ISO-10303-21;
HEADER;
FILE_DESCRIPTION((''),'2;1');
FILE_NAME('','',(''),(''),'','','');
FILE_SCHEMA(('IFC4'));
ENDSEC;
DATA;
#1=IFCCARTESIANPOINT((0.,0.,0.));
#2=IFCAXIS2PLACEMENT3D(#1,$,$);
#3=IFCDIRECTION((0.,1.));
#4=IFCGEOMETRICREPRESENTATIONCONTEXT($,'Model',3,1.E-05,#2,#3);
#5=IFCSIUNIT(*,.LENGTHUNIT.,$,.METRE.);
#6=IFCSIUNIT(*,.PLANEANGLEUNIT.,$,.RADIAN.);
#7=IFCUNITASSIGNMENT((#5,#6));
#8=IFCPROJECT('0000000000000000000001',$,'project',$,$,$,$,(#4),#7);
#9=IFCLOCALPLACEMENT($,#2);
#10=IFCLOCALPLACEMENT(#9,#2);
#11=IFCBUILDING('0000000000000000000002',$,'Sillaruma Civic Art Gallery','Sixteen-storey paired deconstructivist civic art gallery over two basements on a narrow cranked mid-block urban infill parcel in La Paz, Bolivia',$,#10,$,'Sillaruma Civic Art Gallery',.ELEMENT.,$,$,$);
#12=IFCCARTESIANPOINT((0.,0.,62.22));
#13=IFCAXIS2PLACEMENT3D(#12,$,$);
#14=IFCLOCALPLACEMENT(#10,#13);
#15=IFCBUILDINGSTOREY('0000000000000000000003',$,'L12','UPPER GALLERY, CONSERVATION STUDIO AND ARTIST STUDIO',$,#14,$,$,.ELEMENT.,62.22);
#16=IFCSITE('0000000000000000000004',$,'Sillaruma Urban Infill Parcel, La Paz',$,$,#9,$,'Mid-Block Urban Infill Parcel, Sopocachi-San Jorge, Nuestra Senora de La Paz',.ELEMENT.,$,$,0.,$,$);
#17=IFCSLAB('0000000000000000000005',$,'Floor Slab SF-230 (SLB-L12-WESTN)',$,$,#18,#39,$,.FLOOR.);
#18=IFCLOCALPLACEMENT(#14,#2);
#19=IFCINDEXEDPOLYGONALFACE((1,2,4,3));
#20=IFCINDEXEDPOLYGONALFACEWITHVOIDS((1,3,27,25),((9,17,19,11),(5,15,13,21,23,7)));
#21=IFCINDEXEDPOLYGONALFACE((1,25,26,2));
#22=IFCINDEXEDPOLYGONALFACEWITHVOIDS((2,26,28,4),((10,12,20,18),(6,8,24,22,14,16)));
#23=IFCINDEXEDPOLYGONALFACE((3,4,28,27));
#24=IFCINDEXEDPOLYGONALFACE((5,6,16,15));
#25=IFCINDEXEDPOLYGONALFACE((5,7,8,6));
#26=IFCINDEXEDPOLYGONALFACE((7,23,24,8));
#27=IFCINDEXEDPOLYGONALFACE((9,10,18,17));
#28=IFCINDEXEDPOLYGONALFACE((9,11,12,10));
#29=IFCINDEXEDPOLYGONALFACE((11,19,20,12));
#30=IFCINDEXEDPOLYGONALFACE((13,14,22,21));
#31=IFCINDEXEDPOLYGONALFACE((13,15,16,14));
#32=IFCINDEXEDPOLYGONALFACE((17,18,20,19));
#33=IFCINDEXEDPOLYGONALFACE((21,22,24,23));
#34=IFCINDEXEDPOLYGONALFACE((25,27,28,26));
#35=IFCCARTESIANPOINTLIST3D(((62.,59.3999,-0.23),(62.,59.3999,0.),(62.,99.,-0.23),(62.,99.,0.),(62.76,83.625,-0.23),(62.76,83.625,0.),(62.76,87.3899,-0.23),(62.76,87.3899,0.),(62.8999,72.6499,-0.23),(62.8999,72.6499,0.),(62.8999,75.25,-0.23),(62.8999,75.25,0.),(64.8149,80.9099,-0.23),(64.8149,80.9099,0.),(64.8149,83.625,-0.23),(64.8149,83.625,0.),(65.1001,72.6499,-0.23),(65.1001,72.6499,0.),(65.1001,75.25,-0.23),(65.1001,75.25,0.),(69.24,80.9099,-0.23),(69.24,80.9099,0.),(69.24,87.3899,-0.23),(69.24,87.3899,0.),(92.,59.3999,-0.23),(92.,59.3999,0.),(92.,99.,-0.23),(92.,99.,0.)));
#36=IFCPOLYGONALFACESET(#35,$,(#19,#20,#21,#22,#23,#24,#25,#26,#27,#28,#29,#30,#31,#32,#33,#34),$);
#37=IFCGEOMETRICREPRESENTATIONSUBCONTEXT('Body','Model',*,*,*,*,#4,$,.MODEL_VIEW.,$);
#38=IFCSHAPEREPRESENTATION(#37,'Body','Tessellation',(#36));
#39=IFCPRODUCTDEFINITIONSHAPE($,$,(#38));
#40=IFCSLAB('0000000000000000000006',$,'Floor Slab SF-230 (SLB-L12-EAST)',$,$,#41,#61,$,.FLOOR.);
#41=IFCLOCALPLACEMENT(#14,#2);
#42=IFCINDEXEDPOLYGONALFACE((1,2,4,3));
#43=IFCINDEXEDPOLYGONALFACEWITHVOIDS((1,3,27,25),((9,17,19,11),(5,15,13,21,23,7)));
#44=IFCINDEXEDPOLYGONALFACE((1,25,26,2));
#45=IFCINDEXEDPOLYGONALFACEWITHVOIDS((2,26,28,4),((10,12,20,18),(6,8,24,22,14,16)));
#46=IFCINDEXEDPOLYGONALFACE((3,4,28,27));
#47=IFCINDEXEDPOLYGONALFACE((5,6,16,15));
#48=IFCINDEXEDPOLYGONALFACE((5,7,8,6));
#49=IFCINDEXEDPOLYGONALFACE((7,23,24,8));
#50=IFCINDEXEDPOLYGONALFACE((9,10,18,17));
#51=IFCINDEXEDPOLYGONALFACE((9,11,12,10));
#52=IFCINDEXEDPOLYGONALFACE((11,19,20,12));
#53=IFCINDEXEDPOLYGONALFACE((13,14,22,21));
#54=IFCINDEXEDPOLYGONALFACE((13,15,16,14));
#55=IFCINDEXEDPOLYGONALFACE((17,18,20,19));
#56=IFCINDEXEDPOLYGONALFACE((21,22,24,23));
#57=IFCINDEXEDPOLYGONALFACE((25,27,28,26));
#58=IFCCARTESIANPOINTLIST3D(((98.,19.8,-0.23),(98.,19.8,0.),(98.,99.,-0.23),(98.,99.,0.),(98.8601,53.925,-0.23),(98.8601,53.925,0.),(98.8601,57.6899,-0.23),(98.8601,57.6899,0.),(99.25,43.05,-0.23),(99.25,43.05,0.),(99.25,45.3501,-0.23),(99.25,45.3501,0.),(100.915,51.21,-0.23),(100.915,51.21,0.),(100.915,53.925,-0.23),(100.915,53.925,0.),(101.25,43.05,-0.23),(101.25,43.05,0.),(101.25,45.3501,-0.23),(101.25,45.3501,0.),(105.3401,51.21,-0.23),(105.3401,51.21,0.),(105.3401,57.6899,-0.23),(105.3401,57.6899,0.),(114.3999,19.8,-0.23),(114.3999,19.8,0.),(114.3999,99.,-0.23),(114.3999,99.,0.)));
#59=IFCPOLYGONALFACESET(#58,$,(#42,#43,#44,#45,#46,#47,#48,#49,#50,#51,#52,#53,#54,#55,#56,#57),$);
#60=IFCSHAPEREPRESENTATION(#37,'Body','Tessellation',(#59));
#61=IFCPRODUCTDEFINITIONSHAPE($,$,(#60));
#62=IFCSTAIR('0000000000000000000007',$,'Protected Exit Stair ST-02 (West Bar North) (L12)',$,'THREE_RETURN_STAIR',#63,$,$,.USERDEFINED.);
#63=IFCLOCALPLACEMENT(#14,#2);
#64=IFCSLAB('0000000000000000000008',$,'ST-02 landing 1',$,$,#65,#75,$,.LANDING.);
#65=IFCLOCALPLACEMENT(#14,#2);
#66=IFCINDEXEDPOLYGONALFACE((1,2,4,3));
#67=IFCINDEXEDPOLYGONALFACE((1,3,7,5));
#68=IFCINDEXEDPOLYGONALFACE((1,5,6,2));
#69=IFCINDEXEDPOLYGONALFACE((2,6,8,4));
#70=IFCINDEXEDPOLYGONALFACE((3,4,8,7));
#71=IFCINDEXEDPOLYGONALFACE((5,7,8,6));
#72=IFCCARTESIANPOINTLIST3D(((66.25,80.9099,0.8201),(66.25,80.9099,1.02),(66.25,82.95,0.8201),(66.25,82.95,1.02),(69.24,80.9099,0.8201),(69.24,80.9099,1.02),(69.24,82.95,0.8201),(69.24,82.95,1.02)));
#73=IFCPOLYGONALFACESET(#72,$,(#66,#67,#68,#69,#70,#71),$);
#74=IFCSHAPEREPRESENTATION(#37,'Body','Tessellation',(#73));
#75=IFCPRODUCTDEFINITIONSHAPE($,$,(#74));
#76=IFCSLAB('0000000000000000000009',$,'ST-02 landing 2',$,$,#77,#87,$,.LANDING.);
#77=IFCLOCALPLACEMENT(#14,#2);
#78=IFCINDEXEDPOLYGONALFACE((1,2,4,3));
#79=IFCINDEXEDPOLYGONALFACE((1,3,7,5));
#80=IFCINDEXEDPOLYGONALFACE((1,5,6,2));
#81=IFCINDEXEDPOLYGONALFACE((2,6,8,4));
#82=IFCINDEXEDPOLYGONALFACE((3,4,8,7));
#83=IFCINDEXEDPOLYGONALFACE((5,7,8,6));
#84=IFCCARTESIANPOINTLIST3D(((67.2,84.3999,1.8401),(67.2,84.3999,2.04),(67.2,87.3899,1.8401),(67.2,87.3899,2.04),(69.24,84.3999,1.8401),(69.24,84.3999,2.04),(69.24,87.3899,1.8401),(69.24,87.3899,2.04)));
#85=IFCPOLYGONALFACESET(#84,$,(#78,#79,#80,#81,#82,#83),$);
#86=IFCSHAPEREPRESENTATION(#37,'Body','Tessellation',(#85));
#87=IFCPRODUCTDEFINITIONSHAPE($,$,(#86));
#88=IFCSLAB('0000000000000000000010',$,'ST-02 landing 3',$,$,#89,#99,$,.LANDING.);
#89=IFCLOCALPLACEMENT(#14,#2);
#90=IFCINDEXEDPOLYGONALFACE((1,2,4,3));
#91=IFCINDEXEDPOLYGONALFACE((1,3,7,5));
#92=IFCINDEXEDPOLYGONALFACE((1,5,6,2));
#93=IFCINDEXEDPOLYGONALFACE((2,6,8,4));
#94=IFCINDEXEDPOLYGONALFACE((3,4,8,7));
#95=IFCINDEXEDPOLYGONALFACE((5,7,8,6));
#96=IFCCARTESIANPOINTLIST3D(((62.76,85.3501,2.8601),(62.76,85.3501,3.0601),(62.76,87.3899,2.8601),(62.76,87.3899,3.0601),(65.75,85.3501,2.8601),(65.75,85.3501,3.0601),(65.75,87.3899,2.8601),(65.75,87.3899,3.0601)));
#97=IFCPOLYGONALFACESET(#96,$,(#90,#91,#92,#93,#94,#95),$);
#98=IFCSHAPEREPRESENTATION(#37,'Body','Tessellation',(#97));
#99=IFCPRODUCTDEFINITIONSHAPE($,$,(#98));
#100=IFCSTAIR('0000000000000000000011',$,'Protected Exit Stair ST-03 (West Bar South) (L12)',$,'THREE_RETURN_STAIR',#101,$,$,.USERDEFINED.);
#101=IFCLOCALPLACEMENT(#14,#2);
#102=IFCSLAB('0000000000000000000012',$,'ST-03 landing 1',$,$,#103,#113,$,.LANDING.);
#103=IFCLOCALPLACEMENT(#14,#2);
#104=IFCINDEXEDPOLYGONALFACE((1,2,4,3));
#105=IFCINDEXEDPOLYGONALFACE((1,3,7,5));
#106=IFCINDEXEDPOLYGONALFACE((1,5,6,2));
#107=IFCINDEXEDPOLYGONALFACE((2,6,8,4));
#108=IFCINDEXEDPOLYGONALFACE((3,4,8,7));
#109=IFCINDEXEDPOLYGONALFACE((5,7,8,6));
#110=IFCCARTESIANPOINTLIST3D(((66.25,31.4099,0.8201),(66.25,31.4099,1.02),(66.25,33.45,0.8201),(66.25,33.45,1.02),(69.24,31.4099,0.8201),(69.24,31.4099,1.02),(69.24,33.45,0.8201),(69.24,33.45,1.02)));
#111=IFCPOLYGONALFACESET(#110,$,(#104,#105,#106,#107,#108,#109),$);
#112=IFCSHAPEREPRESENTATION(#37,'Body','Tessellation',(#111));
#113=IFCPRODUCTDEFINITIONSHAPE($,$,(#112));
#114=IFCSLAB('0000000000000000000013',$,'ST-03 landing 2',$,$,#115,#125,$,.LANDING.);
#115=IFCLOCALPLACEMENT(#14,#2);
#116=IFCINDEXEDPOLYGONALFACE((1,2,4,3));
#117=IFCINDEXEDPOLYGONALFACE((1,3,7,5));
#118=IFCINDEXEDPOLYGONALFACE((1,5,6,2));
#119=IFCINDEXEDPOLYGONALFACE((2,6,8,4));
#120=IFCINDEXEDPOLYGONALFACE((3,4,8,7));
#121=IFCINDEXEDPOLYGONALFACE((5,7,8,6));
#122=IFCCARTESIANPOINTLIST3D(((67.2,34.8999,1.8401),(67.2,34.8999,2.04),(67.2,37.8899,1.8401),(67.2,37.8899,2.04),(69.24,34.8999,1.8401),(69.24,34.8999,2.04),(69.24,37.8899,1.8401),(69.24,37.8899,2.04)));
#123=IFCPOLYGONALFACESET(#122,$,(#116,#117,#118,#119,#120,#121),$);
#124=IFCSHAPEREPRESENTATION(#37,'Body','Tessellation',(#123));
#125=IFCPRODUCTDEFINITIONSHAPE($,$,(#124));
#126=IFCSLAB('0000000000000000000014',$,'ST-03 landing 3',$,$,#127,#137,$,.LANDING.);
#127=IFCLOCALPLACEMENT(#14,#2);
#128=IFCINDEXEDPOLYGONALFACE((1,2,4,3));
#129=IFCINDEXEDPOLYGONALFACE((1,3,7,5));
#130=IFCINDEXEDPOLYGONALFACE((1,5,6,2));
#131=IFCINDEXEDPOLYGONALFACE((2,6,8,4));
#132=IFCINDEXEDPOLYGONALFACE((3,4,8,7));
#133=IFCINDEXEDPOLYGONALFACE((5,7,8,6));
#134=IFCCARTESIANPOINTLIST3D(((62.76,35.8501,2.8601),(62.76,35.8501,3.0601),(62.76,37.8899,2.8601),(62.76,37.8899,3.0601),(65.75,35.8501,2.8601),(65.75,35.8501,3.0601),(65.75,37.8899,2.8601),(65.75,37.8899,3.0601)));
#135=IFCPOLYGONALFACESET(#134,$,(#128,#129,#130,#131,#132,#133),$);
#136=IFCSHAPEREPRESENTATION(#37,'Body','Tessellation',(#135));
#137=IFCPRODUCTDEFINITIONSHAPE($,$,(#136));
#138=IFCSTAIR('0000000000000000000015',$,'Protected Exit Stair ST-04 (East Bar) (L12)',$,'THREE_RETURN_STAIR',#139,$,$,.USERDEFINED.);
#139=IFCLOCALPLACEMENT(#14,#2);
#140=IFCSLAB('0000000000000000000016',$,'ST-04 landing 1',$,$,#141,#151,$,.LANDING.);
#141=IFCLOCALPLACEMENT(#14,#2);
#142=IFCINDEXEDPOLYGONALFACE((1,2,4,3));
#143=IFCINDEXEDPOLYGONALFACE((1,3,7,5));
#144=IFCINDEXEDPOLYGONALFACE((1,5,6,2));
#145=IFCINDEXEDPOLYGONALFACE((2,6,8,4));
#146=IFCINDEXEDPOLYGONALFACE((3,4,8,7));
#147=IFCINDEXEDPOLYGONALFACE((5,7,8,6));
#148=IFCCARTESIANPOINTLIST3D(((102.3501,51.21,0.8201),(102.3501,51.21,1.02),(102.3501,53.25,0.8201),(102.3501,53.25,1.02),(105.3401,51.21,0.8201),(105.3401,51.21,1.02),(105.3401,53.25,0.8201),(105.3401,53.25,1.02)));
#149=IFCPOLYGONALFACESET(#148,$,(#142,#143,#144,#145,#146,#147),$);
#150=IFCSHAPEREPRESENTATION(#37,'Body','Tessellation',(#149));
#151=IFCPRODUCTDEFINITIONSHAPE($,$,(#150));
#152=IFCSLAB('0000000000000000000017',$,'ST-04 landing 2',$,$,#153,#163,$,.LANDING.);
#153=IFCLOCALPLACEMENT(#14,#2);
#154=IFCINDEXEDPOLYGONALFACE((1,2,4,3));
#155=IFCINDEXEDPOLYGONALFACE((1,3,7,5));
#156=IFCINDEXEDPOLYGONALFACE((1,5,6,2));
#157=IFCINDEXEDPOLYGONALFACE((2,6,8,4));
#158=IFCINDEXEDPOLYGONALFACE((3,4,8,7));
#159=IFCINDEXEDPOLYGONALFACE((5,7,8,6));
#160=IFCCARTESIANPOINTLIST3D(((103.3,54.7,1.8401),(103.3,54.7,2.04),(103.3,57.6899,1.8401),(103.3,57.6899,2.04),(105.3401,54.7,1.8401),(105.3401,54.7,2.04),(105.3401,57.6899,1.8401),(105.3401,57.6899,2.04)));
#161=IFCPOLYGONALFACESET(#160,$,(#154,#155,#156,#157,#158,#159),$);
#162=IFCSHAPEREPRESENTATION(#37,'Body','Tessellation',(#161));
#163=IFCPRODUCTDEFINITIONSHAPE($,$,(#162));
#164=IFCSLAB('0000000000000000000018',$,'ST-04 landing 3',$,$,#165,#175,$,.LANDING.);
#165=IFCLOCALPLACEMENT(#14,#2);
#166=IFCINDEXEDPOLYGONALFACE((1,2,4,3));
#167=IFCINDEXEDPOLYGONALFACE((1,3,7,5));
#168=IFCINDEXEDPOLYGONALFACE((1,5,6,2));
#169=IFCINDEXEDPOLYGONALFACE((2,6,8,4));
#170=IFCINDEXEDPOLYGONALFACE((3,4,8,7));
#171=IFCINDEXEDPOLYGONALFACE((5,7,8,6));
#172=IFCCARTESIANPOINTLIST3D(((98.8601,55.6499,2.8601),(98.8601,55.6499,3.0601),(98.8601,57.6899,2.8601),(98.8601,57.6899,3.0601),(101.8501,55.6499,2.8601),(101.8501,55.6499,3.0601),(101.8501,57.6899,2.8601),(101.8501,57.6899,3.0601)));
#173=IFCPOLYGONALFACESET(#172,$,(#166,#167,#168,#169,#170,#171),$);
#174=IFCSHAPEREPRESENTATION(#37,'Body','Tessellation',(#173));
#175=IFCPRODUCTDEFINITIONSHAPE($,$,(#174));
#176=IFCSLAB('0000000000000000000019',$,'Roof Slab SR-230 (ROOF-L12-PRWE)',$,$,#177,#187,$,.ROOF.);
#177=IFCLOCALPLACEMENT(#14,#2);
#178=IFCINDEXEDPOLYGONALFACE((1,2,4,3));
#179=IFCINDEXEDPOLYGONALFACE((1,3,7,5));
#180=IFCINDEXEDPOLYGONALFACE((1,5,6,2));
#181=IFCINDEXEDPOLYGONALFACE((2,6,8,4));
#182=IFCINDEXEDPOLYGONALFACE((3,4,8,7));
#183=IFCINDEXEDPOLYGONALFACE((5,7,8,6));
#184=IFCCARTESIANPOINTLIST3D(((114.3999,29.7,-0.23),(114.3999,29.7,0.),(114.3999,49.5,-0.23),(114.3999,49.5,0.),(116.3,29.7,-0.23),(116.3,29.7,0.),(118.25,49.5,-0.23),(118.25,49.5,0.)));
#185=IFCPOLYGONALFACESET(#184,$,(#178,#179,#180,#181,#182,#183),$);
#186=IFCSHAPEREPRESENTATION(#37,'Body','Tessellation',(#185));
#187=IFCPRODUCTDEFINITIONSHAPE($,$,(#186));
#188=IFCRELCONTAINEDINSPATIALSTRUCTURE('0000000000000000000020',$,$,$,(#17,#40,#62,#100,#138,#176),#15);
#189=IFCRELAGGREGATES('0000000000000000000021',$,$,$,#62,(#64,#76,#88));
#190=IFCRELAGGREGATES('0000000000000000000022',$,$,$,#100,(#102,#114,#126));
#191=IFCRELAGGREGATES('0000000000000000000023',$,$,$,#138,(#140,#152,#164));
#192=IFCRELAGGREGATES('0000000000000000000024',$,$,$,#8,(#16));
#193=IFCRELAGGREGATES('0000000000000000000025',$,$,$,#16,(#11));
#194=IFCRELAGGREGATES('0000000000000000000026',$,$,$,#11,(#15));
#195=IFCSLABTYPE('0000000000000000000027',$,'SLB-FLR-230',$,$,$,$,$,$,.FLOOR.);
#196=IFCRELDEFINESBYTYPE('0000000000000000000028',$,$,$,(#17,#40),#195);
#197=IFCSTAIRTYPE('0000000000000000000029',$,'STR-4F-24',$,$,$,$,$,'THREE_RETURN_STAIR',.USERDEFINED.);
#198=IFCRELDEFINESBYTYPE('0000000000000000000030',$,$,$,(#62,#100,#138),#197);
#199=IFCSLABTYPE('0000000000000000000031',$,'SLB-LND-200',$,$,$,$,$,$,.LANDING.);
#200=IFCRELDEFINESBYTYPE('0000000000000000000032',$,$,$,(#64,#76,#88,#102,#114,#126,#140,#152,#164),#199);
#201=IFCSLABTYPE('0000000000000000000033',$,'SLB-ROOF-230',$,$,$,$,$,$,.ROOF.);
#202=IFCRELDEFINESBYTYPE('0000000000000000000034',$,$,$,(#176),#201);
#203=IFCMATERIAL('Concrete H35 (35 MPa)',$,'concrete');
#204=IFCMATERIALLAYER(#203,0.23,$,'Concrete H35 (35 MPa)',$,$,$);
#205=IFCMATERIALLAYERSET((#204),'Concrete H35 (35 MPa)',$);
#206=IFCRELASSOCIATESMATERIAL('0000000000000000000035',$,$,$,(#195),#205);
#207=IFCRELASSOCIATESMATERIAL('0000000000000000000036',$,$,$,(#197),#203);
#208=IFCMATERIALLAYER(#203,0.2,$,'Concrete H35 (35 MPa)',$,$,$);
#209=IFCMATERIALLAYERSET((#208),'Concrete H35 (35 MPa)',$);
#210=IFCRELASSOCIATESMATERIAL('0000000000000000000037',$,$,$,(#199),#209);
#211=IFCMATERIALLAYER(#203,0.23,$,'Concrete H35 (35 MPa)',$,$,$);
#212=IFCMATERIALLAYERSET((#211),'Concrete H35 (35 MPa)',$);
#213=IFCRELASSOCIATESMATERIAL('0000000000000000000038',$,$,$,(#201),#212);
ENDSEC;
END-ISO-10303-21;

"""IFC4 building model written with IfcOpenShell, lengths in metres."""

from ifc_helpers import new_model, si_unit, direction, frame, origin, place, context, subcontext, project, spatial, polyline, outline, extrude, material, layer, layer_set, type_object, element, aggregate, save


model = new_model("IFC4")

# Units and contexts
model_context = context("Model", 3, precision=1e-05, world=origin(), true_north=direction((0.0, 1.0)))
body_context = subcontext(model_context, "Body", "Model", "MODEL_VIEW")
ifc_project = project(units=[si_unit("LENGTHUNIT", "METRE"), si_unit("PLANEANGLEUNIT", "RADIAN")], contexts=[model_context])

# Site, building, storey
site_placement = place(None, origin())
site = spatial("IfcSite", under=ifc_project, at=site_placement, Name="Sillaruma Urban Infill Parcel, La Paz", LongName="Mid-Block Urban Infill Parcel, Sopocachi-San Jorge, Nuestra Senora de La Paz", CompositionType="ELEMENT", RefElevation=0.0)
building_placement = place(site_placement, origin())
building = spatial("IfcBuilding", under=site, at=building_placement, Name="Sillaruma Civic Art Gallery", Description="Sixteen-storey paired deconstructivist civic art gallery over two basements on a narrow cranked mid-block urban infill parcel in La Paz, Bolivia", LongName="Sillaruma Civic Art Gallery", CompositionType="ELEMENT")
storey_placement = place(building_placement, frame((0.0, 0.0, 62.22)))
storey = spatial("IfcBuildingStorey", under=building, at=storey_placement, Name="L12", Description="UPPER GALLERY, CONSERVATION STUDIO AND ARTIST STUDIO", CompositionType="ELEMENT", Elevation=62.22)

# Shared definitions
ifc_material_1 = material(Name="Concrete H35 (35 MPa)", Category="concrete")

# Slabs
ifc_layer_1 = layer(ifc_material_1, 0.23, Name="Concrete H35 (35 MPa)")
ifc_layer_set_1 = layer_set([ifc_layer_1], Name="Concrete H35 (35 MPa)")
slab_type_1 = type_object("IfcSlabType", Name="SLB-FLR-230", PredefinedType="FLOOR", material=ifc_layer_set_1)
slab_1_placement = place(storey_placement, frame((0.0, 0.0, -0.23)))
element("IfcSlab", 1, at=slab_1_placement, inside=storey, type_object=slab_type_1, Name="Floor Slab SF-230 (SLB-L12-WESTN)", PredefinedType="FLOOR", context=body_context, shape_type="SweptSolid", body=[
    extrude(outline(polyline([(62.0, 59.3999), (92.0, 59.3999), (92.0, 99.0), (62.0, 99.0), (62.0, 59.3999)]), holes=[polyline([(64.8149, 80.9099), (69.24, 80.9099), (69.24, 87.3899), (62.76, 87.3899), (62.76, 83.625), (64.8149, 83.625), (64.8149, 80.9099)]), polyline([(62.8999, 72.6499), (65.1001, 72.6499), (65.1001, 75.25), (62.8999, 75.25), (62.8999, 72.6499)])]), origin(), (0.0, 0.0, 1.0), 0.23),
])
slab_2_placement = place(storey_placement, frame((0.0, 0.0, -0.23)))
element("IfcSlab", 2, at=slab_2_placement, inside=storey, type_object=slab_type_1, Name="Floor Slab SF-230 (SLB-L12-EAST)", PredefinedType="FLOOR", context=body_context, shape_type="SweptSolid", body=[
    extrude(outline(polyline([(98.0, 19.8), (114.3999, 19.8), (114.3999, 99.0), (98.0, 99.0), (98.0, 19.8)]), holes=[polyline([(100.915, 51.21), (105.3401, 51.21), (105.3401, 57.6899), (98.8601, 57.6899), (98.8601, 53.925), (100.915, 53.925), (100.915, 51.21)]), polyline([(99.25, 43.05), (101.25, 43.05), (101.25, 45.3501), (99.25, 45.3501), (99.25, 43.05)])]), origin(), (0.0, 0.0, 1.0), 0.23),
])

# Stairs, slabs
stair_type = type_object("IfcStairType", Name="STR-4F-24", ElementType="THREE_RETURN_STAIR", PredefinedType="USERDEFINED", material=ifc_material_1)
stair_1_placement = place(storey_placement, origin())
stair_1 = element("IfcStair", 3, at=stair_1_placement, inside=storey, type_object=stair_type, Name="Protected Exit Stair ST-02 (West Bar North) (L12)", ObjectType="THREE_RETURN_STAIR", PredefinedType="USERDEFINED")
ifc_layer_2 = layer(ifc_material_1, 0.2, Name="Concrete H35 (35 MPa)")
ifc_layer_set_2 = layer_set([ifc_layer_2], Name="Concrete H35 (35 MPa)")
slab_type_2 = type_object("IfcSlabType", Name="SLB-LND-200", PredefinedType="LANDING", material=ifc_layer_set_2)
slab_3_placement = place(storey_placement, frame((0.0, 0.0, 0.8201)))
slab_3 = element("IfcSlab", 4, at=slab_3_placement, type_object=slab_type_2, Name="ST-02 landing 1", PredefinedType="LANDING", context=body_context, shape_type="SweptSolid", body=[
    extrude(outline(polyline([(66.25, 80.9099), (69.24, 80.9099), (69.24, 82.95), (66.25, 82.95), (66.25, 80.9099)])), origin(), (0.0, 0.0, 1.0), 0.2),
])
slab_4_placement = place(storey_placement, frame((0.0, 0.0, 1.8401)))
slab_4 = element("IfcSlab", 5, at=slab_4_placement, type_object=slab_type_2, Name="ST-02 landing 2", PredefinedType="LANDING", context=body_context, shape_type="SweptSolid", body=[
    extrude(outline(polyline([(67.2, 84.3999), (69.24, 84.3999), (69.24, 87.3899), (67.2, 87.3899), (67.2, 84.3999)])), origin(), (0.0, 0.0, 1.0), 0.2),
])
slab_5_placement = place(storey_placement, frame((0.0, 0.0, 2.8601)))
slab_5 = element("IfcSlab", 6, at=slab_5_placement, type_object=slab_type_2, Name="ST-02 landing 3", PredefinedType="LANDING", context=body_context, shape_type="SweptSolid", body=[
    extrude(outline(polyline([(62.76, 85.3501), (65.75, 85.3501), (65.75, 87.3899), (62.76, 87.3899), (62.76, 85.3501)])), origin(), (0.0, 0.0, 1.0), 0.2),
])
aggregate(stair_1, [slab_3, slab_4, slab_5])
stair_2_placement = place(storey_placement, origin())
stair_2 = element("IfcStair", 7, at=stair_2_placement, inside=storey, type_object=stair_type, Name="Protected Exit Stair ST-03 (West Bar South) (L12)", ObjectType="THREE_RETURN_STAIR", PredefinedType="USERDEFINED")
slab_6_placement = place(storey_placement, frame((0.0, 0.0, 0.8201)))
slab_6 = element("IfcSlab", 8, at=slab_6_placement, type_object=slab_type_2, Name="ST-03 landing 1", PredefinedType="LANDING", context=body_context, shape_type="SweptSolid", body=[
    extrude(outline(polyline([(66.25, 31.4099), (69.24, 31.4099), (69.24, 33.45), (66.25, 33.45), (66.25, 31.4099)])), origin(), (0.0, 0.0, 1.0), 0.2),
])
slab_7_placement = place(storey_placement, frame((0.0, 0.0, 1.8401)))
slab_7 = element("IfcSlab", 9, at=slab_7_placement, type_object=slab_type_2, Name="ST-03 landing 2", PredefinedType="LANDING", context=body_context, shape_type="SweptSolid", body=[
    extrude(outline(polyline([(67.2, 34.8999), (69.24, 34.8999), (69.24, 37.8899), (67.2, 37.8899), (67.2, 34.8999)])), origin(), (0.0, 0.0, 1.0), 0.2),
])
slab_8_placement = place(storey_placement, frame((0.0, 0.0, 2.8601)))
slab_8 = element("IfcSlab", 10, at=slab_8_placement, type_object=slab_type_2, Name="ST-03 landing 3", PredefinedType="LANDING", context=body_context, shape_type="SweptSolid", body=[
    extrude(outline(polyline([(62.76, 35.8501), (65.75, 35.8501), (65.75, 37.8899), (62.76, 37.8899), (62.76, 35.8501)])), origin(), (0.0, 0.0, 1.0), 0.2),
])
aggregate(stair_2, [slab_6, slab_7, slab_8])
stair_3_placement = place(storey_placement, origin())
stair_3 = element("IfcStair", 11, at=stair_3_placement, inside=storey, type_object=stair_type, Name="Protected Exit Stair ST-04 (East Bar) (L12)", ObjectType="THREE_RETURN_STAIR", PredefinedType="USERDEFINED")
slab_9_placement = place(storey_placement, frame((0.0, 0.0, 0.8201)))
slab_9 = element("IfcSlab", 12, at=slab_9_placement, type_object=slab_type_2, Name="ST-04 landing 1", PredefinedType="LANDING", context=body_context, shape_type="SweptSolid", body=[
    extrude(outline(polyline([(102.3501, 51.21), (105.3401, 51.21), (105.3401, 53.25), (102.3501, 53.25), (102.3501, 51.21)])), origin(), (0.0, 0.0, 1.0), 0.2),
])
slab_10_placement = place(storey_placement, frame((0.0, 0.0, 1.8401)))
slab_10 = element("IfcSlab", 13, at=slab_10_placement, type_object=slab_type_2, Name="ST-04 landing 2", PredefinedType="LANDING", context=body_context, shape_type="SweptSolid", body=[
    extrude(outline(polyline([(103.3, 54.7), (105.3401, 54.7), (105.3401, 57.6899), (103.3, 57.6899), (103.3, 54.7)])), origin(), (0.0, 0.0, 1.0), 0.2),
])
slab_11_placement = place(storey_placement, frame((0.0, 0.0, 2.8601)))
slab_11 = element("IfcSlab", 14, at=slab_11_placement, type_object=slab_type_2, Name="ST-04 landing 3", PredefinedType="LANDING", context=body_context, shape_type="SweptSolid", body=[
    extrude(outline(polyline([(98.8601, 55.6499), (101.8501, 55.6499), (101.8501, 57.6899), (98.8601, 57.6899), (98.8601, 55.6499)])), origin(), (0.0, 0.0, 1.0), 0.2),
])
aggregate(stair_3, [slab_9, slab_10, slab_11])

# Slab
ifc_layer_3 = layer(ifc_material_1, 0.23, Name="Concrete H35 (35 MPa)")
ifc_layer_set_3 = layer_set([ifc_layer_3], Name="Concrete H35 (35 MPa)")
slab_type_3 = type_object("IfcSlabType", Name="SLB-ROOF-230", PredefinedType="ROOF", material=ifc_layer_set_3)
slab_12_placement = place(storey_placement, frame((0.0, 0.0, -0.23)))
element("IfcSlab", 15, at=slab_12_placement, inside=storey, type_object=slab_type_3, Name="Roof Slab SR-230 (ROOF-L12-PRWE)", PredefinedType="ROOF", context=body_context, shape_type="SweptSolid", body=[
    extrude(outline(polyline([(114.3999, 29.7), (116.3, 29.7), (118.25, 49.5), (114.3999, 49.5), (114.3999, 29.7)])), origin(), (0.0, 0.0, 1.0), 0.23),
])

save(model, "model.ifc")
